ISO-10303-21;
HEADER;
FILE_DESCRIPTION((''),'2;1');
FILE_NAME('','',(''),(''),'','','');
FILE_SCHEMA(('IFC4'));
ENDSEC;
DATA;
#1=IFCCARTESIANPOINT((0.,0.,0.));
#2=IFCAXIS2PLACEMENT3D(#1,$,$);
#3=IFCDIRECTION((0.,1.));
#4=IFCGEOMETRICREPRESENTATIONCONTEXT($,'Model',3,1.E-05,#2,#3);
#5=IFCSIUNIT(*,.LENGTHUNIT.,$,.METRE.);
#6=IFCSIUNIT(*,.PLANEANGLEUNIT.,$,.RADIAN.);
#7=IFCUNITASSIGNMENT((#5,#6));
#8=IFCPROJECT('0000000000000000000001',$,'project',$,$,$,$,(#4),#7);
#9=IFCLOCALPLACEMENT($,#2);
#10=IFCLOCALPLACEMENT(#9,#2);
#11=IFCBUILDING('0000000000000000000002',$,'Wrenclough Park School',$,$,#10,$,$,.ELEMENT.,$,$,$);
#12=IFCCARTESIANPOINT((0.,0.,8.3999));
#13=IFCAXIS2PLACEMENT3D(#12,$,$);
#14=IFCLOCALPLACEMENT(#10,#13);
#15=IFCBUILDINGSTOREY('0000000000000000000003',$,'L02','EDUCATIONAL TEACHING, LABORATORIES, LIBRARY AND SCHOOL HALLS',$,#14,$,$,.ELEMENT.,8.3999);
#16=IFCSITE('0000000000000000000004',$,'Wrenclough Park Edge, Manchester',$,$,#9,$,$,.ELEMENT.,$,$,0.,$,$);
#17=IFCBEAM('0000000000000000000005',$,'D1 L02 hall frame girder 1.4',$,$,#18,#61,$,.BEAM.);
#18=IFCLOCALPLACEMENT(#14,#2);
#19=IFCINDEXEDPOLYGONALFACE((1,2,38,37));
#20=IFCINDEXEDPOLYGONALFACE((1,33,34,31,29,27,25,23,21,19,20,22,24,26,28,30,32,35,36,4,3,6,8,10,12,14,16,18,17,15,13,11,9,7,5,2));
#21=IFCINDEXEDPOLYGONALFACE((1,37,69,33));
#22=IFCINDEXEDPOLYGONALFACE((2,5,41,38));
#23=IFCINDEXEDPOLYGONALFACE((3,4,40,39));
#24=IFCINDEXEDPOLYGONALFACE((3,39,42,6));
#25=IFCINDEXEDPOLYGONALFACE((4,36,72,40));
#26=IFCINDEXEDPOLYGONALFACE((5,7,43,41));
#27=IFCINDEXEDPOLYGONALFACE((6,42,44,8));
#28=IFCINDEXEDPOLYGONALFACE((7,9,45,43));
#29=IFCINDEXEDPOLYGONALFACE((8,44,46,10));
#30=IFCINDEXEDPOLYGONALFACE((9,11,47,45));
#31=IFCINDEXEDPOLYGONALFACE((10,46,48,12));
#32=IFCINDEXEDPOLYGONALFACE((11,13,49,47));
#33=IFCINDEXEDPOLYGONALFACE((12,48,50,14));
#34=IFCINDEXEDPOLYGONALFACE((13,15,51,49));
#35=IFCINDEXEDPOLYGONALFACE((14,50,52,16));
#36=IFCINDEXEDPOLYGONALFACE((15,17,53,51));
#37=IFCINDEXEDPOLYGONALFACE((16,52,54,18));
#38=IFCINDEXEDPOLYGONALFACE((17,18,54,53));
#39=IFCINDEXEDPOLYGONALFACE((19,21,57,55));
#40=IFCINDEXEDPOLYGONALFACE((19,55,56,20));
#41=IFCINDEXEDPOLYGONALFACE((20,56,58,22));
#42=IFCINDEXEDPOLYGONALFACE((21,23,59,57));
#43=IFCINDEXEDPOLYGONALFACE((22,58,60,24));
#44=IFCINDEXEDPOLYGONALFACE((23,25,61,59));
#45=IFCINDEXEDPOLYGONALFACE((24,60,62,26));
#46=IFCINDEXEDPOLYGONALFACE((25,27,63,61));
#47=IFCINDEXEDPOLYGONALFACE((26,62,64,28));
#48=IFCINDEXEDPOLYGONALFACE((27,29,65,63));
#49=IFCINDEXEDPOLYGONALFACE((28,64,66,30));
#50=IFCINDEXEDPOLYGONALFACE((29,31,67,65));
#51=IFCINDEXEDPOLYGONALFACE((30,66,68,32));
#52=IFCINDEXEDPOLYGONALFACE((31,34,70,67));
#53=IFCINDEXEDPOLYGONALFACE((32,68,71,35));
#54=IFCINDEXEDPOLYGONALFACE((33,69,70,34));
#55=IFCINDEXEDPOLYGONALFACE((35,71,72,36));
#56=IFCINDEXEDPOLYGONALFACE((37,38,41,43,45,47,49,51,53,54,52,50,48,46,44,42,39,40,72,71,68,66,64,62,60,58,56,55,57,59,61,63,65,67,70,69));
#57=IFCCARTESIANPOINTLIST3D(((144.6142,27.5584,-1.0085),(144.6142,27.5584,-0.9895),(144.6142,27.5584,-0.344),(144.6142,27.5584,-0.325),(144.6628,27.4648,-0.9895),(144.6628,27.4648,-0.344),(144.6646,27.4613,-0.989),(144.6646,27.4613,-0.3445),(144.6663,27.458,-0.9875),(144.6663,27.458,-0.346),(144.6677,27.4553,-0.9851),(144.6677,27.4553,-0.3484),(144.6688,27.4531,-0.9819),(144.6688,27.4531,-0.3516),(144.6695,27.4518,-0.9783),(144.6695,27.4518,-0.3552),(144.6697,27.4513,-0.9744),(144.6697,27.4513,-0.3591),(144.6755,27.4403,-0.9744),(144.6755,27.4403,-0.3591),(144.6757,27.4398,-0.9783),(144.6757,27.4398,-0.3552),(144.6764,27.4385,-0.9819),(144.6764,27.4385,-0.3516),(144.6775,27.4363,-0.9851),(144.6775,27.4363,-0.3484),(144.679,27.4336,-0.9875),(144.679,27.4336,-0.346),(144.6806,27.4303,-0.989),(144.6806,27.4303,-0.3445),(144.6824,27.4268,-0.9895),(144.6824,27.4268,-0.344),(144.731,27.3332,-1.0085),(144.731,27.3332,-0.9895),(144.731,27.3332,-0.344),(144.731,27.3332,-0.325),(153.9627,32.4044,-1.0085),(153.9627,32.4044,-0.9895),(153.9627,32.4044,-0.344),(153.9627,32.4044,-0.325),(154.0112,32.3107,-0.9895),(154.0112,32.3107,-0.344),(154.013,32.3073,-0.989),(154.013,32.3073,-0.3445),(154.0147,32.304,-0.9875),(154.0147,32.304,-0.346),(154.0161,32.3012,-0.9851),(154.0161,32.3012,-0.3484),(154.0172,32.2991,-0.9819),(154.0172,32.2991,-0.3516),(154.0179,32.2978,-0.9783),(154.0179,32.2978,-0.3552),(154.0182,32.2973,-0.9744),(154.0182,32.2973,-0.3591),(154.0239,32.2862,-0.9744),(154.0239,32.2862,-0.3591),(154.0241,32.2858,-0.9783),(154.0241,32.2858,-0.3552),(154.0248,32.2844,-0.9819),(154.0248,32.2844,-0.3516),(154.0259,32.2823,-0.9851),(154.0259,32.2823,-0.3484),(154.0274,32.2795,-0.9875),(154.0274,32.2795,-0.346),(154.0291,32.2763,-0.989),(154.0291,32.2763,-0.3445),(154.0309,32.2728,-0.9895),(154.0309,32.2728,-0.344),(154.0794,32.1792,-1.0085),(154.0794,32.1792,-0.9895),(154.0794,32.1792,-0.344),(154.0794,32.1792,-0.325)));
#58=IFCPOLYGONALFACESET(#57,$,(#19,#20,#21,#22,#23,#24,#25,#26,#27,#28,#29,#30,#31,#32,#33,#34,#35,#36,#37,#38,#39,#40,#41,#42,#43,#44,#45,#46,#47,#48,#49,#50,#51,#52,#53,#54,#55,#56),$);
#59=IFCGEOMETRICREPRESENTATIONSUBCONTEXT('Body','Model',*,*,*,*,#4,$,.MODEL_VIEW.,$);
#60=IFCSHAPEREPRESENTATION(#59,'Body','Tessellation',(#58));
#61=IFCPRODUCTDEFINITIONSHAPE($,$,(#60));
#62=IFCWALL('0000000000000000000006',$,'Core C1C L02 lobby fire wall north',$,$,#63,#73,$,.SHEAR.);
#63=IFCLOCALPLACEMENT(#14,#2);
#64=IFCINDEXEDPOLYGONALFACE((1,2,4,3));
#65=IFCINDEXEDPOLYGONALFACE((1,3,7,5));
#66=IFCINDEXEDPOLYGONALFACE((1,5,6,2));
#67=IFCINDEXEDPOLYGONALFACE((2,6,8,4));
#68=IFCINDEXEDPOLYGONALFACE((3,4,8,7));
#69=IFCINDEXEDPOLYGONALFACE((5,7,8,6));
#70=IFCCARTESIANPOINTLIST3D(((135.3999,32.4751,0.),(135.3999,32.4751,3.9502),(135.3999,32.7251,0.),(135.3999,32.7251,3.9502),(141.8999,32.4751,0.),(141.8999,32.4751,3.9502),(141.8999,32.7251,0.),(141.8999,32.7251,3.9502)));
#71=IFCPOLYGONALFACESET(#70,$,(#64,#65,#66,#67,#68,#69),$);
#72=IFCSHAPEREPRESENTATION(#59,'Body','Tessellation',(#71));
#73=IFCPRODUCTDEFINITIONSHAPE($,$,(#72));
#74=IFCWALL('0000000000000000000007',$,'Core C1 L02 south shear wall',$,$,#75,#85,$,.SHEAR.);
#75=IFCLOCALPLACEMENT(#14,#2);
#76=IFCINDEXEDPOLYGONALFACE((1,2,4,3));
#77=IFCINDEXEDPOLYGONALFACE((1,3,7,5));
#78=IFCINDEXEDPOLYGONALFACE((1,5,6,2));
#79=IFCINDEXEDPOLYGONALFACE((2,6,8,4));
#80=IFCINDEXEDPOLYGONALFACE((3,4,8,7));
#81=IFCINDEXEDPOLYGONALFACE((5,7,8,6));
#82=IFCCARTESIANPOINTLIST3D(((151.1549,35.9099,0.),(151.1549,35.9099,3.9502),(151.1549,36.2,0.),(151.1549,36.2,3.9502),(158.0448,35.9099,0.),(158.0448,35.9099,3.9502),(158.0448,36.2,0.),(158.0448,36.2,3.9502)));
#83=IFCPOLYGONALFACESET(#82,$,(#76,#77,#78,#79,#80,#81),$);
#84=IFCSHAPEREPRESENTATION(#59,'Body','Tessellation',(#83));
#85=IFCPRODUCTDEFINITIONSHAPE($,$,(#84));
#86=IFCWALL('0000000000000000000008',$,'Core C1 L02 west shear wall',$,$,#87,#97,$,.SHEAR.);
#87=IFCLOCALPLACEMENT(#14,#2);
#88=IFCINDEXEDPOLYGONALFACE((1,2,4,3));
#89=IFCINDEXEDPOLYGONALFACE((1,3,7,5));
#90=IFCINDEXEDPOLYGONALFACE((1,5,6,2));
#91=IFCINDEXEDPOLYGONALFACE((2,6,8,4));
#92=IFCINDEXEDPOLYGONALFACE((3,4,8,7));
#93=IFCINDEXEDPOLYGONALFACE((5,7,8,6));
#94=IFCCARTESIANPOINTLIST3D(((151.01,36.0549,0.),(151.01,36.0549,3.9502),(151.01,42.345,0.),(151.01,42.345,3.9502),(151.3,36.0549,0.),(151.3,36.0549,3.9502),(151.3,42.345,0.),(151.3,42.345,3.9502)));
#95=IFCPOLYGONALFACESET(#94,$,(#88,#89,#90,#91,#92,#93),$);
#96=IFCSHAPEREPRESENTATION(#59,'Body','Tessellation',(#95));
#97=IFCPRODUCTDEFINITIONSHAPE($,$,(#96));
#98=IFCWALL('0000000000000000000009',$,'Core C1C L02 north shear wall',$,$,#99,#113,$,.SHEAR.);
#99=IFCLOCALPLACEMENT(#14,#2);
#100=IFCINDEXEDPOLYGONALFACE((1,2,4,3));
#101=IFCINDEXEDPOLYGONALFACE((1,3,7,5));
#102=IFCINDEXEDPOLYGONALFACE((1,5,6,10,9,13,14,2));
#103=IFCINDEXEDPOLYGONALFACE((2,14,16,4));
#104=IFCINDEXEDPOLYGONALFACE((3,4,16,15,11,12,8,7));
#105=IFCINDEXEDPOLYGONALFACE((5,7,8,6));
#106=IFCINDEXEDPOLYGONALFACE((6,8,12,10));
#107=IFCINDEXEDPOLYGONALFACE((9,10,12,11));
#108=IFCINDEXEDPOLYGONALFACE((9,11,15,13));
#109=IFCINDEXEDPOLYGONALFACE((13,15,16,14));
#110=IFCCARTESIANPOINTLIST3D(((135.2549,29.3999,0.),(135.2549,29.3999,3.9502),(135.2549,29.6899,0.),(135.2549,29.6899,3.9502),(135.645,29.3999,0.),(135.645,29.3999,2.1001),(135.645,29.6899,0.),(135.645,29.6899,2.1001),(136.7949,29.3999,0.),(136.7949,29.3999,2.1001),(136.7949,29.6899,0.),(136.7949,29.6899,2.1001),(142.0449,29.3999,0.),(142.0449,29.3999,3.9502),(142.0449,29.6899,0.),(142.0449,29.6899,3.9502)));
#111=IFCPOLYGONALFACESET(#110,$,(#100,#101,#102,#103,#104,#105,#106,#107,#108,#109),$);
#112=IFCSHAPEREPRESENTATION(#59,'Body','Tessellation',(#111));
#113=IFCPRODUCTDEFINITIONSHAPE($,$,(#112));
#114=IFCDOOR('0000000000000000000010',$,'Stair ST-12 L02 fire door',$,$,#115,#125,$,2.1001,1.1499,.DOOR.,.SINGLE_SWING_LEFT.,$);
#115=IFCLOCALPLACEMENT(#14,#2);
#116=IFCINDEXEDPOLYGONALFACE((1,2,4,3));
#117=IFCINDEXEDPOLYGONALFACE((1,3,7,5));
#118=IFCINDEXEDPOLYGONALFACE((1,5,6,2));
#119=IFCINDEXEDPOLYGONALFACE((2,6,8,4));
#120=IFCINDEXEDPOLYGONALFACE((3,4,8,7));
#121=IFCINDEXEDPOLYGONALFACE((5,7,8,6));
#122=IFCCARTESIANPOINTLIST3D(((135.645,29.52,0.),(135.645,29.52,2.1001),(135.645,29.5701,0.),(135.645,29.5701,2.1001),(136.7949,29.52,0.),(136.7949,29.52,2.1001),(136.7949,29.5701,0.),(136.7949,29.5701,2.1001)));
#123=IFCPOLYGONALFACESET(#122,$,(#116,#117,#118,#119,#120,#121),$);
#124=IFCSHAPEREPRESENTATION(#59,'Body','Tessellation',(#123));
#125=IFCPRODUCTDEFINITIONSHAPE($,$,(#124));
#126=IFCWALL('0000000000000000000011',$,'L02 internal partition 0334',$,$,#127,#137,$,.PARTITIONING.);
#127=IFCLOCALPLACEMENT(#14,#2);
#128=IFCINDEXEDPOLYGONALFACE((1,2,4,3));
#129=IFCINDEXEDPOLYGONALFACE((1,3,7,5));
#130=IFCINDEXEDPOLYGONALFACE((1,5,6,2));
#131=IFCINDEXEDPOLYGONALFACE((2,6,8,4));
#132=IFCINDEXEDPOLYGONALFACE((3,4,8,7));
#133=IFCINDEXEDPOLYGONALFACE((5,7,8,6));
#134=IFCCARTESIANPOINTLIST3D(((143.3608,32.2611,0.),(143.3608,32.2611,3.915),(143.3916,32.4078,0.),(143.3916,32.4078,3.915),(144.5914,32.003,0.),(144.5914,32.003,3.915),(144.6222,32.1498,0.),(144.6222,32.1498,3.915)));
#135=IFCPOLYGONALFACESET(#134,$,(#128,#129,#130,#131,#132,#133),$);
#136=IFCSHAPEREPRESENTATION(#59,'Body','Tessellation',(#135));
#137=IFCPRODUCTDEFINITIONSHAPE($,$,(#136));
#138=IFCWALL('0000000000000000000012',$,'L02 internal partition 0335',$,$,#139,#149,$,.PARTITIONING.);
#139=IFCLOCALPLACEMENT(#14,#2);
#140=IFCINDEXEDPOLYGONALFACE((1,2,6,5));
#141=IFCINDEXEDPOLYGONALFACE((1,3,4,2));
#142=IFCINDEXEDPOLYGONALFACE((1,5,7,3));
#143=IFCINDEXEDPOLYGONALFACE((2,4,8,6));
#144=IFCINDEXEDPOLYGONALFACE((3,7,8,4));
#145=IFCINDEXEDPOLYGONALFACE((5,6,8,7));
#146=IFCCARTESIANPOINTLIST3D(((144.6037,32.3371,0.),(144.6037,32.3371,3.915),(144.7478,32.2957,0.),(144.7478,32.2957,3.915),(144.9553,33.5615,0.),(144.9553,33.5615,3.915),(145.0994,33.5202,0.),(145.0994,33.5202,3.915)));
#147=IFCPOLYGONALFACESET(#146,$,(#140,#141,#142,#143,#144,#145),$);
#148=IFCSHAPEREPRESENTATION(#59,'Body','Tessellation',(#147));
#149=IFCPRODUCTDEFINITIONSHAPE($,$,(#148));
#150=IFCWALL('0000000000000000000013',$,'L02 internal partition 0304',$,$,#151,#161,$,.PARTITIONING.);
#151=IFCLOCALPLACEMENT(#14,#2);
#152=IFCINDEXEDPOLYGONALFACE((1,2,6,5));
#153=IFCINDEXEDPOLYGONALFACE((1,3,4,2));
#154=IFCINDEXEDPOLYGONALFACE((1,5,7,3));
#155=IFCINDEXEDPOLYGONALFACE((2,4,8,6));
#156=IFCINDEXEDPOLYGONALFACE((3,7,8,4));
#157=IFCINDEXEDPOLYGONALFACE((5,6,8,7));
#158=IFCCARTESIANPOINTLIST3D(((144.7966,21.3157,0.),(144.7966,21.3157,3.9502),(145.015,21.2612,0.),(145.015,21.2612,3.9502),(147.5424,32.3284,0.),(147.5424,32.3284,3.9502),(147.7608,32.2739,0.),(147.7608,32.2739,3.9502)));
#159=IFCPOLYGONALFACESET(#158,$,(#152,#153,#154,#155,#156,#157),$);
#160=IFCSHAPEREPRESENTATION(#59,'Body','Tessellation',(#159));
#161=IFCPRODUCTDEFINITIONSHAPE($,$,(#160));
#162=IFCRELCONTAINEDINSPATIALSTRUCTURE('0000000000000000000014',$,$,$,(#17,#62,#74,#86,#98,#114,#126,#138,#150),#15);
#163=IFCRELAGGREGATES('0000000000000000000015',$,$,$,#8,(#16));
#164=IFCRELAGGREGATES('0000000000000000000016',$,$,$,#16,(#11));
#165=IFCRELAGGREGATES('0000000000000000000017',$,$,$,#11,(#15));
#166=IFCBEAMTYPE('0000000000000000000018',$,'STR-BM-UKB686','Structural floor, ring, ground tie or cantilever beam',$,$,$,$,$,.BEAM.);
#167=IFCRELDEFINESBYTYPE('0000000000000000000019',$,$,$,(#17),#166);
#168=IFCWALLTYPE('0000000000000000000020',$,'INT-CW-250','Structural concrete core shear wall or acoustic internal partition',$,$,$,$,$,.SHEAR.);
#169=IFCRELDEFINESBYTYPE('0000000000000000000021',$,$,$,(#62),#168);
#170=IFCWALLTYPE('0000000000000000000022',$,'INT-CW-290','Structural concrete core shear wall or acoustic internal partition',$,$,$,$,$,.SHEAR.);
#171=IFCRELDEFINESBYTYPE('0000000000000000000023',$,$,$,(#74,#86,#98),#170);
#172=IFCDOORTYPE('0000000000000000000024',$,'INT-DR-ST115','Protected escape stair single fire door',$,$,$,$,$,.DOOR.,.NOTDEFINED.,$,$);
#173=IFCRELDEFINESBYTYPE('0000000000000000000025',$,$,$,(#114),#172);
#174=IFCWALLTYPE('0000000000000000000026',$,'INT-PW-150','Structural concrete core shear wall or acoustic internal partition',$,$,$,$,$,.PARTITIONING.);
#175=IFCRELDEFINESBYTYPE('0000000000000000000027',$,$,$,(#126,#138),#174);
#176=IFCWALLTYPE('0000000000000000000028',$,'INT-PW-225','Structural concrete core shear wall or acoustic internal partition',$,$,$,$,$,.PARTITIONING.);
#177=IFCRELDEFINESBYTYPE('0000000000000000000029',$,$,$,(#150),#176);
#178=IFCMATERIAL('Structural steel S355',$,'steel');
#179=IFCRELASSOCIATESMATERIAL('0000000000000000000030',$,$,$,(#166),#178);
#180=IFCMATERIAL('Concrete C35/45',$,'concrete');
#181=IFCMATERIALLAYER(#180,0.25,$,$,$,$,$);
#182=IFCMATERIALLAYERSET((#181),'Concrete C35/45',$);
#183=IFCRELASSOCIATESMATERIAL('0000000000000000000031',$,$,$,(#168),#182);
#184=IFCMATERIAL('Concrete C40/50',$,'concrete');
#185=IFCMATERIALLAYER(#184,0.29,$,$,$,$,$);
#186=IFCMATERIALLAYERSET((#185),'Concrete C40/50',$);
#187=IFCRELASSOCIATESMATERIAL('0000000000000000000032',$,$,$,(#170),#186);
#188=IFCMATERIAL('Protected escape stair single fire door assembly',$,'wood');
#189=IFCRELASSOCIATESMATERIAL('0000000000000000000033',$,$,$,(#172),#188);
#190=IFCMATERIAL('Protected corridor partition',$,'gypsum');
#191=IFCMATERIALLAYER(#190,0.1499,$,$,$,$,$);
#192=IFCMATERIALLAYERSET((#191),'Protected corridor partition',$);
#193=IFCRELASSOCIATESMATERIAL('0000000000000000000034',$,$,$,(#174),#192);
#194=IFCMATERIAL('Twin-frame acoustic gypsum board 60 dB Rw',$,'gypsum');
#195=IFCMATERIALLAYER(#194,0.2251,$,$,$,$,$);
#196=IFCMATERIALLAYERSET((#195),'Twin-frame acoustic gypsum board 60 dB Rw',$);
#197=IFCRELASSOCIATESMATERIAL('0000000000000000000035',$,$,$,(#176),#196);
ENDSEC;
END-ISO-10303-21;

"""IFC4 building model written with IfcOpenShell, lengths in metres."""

from ifc_helpers import new_model, si_unit, direction, frame, frame_2d, origin, origin_2d, place, context, subcontext, project, spatial, rectangle, i_section, extrude, material, layer, layer_set, material_profile, profile_set, type_object, element, fill, save


model = new_model("IFC4")

# Units and contexts
model_context = context("Model", 3, precision=1e-05, world=origin(), true_north=direction((0.0, 1.0)))
body_context = subcontext(model_context, "Body", "Model", "MODEL_VIEW")
ifc_project = project(units=[si_unit("LENGTHUNIT", "METRE"), si_unit("PLANEANGLEUNIT", "RADIAN")], contexts=[model_context])

# Site, building, storey
site_placement = place(None, origin())
site = spatial("IfcSite", under=ifc_project, at=site_placement, Name="Wrenclough Park Edge, Manchester", CompositionType="ELEMENT", RefElevation=0.0)
building_placement = place(site_placement, origin())
building = spatial("IfcBuilding", under=site, at=building_placement, Name="Wrenclough Park School", CompositionType="ELEMENT")
storey_placement = place(building_placement, frame((0.0, 0.0, 8.3999)))
storey = spatial("IfcBuildingStorey", under=building, at=storey_placement, Name="L02", Description="EDUCATIONAL TEACHING, LABORATORIES, LIBRARY AND SCHOOL HALLS", CompositionType="ELEMENT", Elevation=8.3999)

# Shared definitions
ifc_material_1 = material(Name="Structural steel S355", Category="steel")

# Beam
ifc_material_profile_1 = material_profile(ifc_material_1, i_section(OverallWidth=0.2537, OverallDepth=0.6836, WebThickness=0.0125, FlangeThickness=0.019, FilletRadius=0.0151, at=origin_2d()), Name="UKB 686x254x140")
ifc_profile_set_1 = profile_set([ifc_material_profile_1], Name="Structural steel S355")
beam_type_1 = type_object("IfcBeamType", Name="STR-BM-UKB686", Description="Structural floor, ring, ground tie or cantilever beam", PredefinedType="BEAM", material=ifc_profile_set_1)
beam_1_placement = place(storey_placement, frame((144.6726, 27.4458, -0.6667), z_axis=(0.887808, 0.460215, 0.0), x_axis=(-0.460215, 0.887808, 0.0)))
element("IfcBeam", 1, at=beam_1_placement, inside=storey, type_object=beam_type_1, Name="D1 L02 hall frame girder 1.4", PredefinedType="BEAM", context=body_context, shape_type="SweptSolid", body=[
    extrude(i_section(OverallWidth=0.2537, OverallDepth=0.6836, WebThickness=0.0125, FlangeThickness=0.019, FilletRadius=0.0151, at=origin_2d()), origin(), (0.0, 0.0, 1.0), 10.5298),
])

# Shared definitions
ifc_material_2 = material(Name="Concrete C35/45", Category="concrete")
ifc_layer_1 = layer(ifc_material_2, 0.25)
ifc_layer_set_1 = layer_set([ifc_layer_1], Name="Concrete C35/45")
wall_type_1 = type_object("IfcWallType", Name="INT-CW-250", Description="Structural concrete core shear wall or acoustic internal partition", PredefinedType="SHEAR", material=ifc_layer_set_1)

# Walls
wall_1_placement = place(storey_placement, frame((141.8999, 32.6001, 0.0), z_axis=(0.0, 0.0, 1.0), x_axis=(-1.0, 0.0, 0.0)))
element("IfcWall", 2, at=wall_1_placement, inside=storey, type_object=wall_type_1, Name="Core C1C L02 lobby fire wall north", PredefinedType="SHEAR", context=body_context, shape_type="SweptSolid", body=[
    extrude(rectangle(XDim=6.5, YDim=0.25, at=frame_2d((3.25, 0.0))), origin(), (0.0, 0.0, 1.0), 3.9502),
])
ifc_material_3 = material(Name="Concrete C40/50", Category="concrete")
ifc_layer_2 = layer(ifc_material_3, 0.29)
ifc_layer_set_2 = layer_set([ifc_layer_2], Name="Concrete C40/50")
wall_type_2 = type_object("IfcWallType", Name="INT-CW-290", Description="Structural concrete core shear wall or acoustic internal partition", PredefinedType="SHEAR", material=ifc_layer_set_2)
wall_2_placement = place(storey_placement, frame((151.155, 36.0549, 0.0), z_axis=(0.0, 0.0, 1.0), x_axis=(1.0, 0.0, 0.0)))
element("IfcWall", 3, at=wall_2_placement, inside=storey, type_object=wall_type_2, Name="Core C1 L02 south shear wall", PredefinedType="SHEAR", context=body_context, shape_type="SweptSolid", body=[
    extrude(rectangle(XDim=6.8899, YDim=0.29, at=frame_2d((3.4448, 0.0))), origin(), (0.0, 0.0, 1.0), 3.9502),
])
wall_3_placement = place(storey_placement, frame((151.155, 42.345, 0.0), z_axis=(0.0, 0.0, 1.0), x_axis=(0.0, -1.0, 0.0)))
element("IfcWall", 4, at=wall_3_placement, inside=storey, type_object=wall_type_2, Name="Core C1 L02 west shear wall", PredefinedType="SHEAR", context=body_context, shape_type="SweptSolid", body=[
    extrude(rectangle(XDim=6.29, YDim=0.29, at=frame_2d((3.145, 0.0))), origin(), (0.0, 0.0, 1.0), 3.9502),
])

# Wall, opening, door
wall_4_placement = place(storey_placement, frame((142.0449, 29.5449, 0.0), z_axis=(0.0, 0.0, 1.0), x_axis=(-1.0, 0.0, 0.0)))
wall_4 = element("IfcWall", 5, at=wall_4_placement, inside=storey, type_object=wall_type_2, Name="Core C1C L02 north shear wall", PredefinedType="SHEAR", context=body_context, shape_type="SweptSolid", body=[
    extrude(rectangle(XDim=6.79, YDim=0.29, at=frame_2d((3.395, 0.0))), origin(), (0.0, 0.0, 1.0), 3.9502),
])
opening_1_placement = place(wall_4_placement, frame((5.25, 0.0, 0.0)))
opening_1 = element("IfcOpeningElement", 6, at=opening_1_placement, cuts=wall_4, PredefinedType="OPENING", context=body_context, shape_type="SweptSolid", body=[
    extrude(rectangle(XDim=1.1499, YDim=2.1001, at=frame_2d((0.575, 1.05))), frame((0.0, 0.155, 0.0), z_axis=(0.0, -1.0, 0.0), x_axis=(1.0, 0.0, 0.0)), (0.0, 0.0, 1.0), 0.3101),
])
ifc_material_4 = material(Name="Protected escape stair single fire door assembly", Category="wood")
door_type_1 = type_object("IfcDoorType", Name="INT-DR-ST115", Description="Protected escape stair single fire door", OperationType="NOTDEFINED", PredefinedType="DOOR", material=ifc_material_4)
door_1_placement = place(opening_1_placement, origin())
door_1 = element("IfcDoor", 7, at=door_1_placement, inside=storey, type_object=door_type_1, Name="Stair ST-12 L02 fire door", OperationType="SINGLE_SWING_LEFT", OverallHeight=2.1001, OverallWidth=1.1499, PredefinedType="DOOR", context=body_context, shape_type="SweptSolid", body=[
    extrude(rectangle(XDim=1.1499, YDim=2.1001, at=frame_2d((0.575, 1.05))), frame((0.0, 0.0249, 0.0), z_axis=(0.0, -1.0, 0.0), x_axis=(1.0, 0.0, 0.0)), (0.0, 0.0, 1.0), 0.05),
])
fill(opening_1, door_1)

# Walls
ifc_material_5 = material(Name="Protected corridor partition", Category="gypsum")
ifc_layer_3 = layer(ifc_material_5, 0.1499)
ifc_layer_set_3 = layer_set([ifc_layer_3], Name="Protected corridor partition")
wall_type_3 = type_object("IfcWallType", Name="INT-PW-150", Description="Structural concrete core shear wall or acoustic internal partition", PredefinedType="PARTITIONING", material=ifc_layer_set_3)
wall_5_placement = place(storey_placement, frame((143.3762, 32.3345, 0.0), z_axis=(0.0, 0.0, 1.0), x_axis=(0.978708, -0.205257, 0.0)))
element("IfcWall", 8, at=wall_5_placement, inside=storey, type_object=wall_type_3, Name="L02 internal partition 0334", PredefinedType="PARTITIONING", context=body_context, shape_type="SweptSolid", body=[
    extrude(rectangle(XDim=1.2573, YDim=0.1499, at=frame_2d((0.6287, 0.0))), origin(), (0.0, 0.0, 1.0), 3.915),
])
wall_6_placement = place(storey_placement, frame((144.6758, 32.3164, 0.0), z_axis=(0.0, 0.0, 1.0), x_axis=(0.275987, 0.961161, 0.0)))
element("IfcWall", 9, at=wall_6_placement, inside=storey, type_object=wall_type_3, Name="L02 internal partition 0335", PredefinedType="PARTITIONING", context=body_context, shape_type="SweptSolid", body=[
    extrude(rectangle(XDim=1.2739, YDim=0.1499, at=frame_2d((0.637, 0.0))), origin(), (0.0, 0.0, 1.0), 3.915),
])
ifc_material_6 = material(Name="Twin-frame acoustic gypsum board 60 dB Rw", Category="gypsum")
ifc_layer_4 = layer(ifc_material_6, 0.2251)
ifc_layer_set_4 = layer_set([ifc_layer_4], Name="Twin-frame acoustic gypsum board 60 dB Rw")
wall_type_4 = type_object("IfcWallType", Name="INT-PW-225", Description="Structural concrete core shear wall or acoustic internal partition", PredefinedType="PARTITIONING", material=ifc_layer_set_4)
wall_7_placement = place(storey_placement, frame((147.6516, 32.301, 0.0), z_axis=(0.0, 0.0, 1.0), x_axis=(-0.241928, -0.970294, 0.0)))
element("IfcWall", 10, at=wall_7_placement, inside=storey, type_object=wall_type_4, Name="L02 internal partition 0304", PredefinedType="PARTITIONING", context=body_context, shape_type="SweptSolid", body=[
    extrude(rectangle(XDim=11.3499, YDim=0.2251, at=frame_2d((5.6748, 0.0))), origin(), (0.0, 0.0, 1.0), 3.9502),
])

save(model, "model.ifc")
